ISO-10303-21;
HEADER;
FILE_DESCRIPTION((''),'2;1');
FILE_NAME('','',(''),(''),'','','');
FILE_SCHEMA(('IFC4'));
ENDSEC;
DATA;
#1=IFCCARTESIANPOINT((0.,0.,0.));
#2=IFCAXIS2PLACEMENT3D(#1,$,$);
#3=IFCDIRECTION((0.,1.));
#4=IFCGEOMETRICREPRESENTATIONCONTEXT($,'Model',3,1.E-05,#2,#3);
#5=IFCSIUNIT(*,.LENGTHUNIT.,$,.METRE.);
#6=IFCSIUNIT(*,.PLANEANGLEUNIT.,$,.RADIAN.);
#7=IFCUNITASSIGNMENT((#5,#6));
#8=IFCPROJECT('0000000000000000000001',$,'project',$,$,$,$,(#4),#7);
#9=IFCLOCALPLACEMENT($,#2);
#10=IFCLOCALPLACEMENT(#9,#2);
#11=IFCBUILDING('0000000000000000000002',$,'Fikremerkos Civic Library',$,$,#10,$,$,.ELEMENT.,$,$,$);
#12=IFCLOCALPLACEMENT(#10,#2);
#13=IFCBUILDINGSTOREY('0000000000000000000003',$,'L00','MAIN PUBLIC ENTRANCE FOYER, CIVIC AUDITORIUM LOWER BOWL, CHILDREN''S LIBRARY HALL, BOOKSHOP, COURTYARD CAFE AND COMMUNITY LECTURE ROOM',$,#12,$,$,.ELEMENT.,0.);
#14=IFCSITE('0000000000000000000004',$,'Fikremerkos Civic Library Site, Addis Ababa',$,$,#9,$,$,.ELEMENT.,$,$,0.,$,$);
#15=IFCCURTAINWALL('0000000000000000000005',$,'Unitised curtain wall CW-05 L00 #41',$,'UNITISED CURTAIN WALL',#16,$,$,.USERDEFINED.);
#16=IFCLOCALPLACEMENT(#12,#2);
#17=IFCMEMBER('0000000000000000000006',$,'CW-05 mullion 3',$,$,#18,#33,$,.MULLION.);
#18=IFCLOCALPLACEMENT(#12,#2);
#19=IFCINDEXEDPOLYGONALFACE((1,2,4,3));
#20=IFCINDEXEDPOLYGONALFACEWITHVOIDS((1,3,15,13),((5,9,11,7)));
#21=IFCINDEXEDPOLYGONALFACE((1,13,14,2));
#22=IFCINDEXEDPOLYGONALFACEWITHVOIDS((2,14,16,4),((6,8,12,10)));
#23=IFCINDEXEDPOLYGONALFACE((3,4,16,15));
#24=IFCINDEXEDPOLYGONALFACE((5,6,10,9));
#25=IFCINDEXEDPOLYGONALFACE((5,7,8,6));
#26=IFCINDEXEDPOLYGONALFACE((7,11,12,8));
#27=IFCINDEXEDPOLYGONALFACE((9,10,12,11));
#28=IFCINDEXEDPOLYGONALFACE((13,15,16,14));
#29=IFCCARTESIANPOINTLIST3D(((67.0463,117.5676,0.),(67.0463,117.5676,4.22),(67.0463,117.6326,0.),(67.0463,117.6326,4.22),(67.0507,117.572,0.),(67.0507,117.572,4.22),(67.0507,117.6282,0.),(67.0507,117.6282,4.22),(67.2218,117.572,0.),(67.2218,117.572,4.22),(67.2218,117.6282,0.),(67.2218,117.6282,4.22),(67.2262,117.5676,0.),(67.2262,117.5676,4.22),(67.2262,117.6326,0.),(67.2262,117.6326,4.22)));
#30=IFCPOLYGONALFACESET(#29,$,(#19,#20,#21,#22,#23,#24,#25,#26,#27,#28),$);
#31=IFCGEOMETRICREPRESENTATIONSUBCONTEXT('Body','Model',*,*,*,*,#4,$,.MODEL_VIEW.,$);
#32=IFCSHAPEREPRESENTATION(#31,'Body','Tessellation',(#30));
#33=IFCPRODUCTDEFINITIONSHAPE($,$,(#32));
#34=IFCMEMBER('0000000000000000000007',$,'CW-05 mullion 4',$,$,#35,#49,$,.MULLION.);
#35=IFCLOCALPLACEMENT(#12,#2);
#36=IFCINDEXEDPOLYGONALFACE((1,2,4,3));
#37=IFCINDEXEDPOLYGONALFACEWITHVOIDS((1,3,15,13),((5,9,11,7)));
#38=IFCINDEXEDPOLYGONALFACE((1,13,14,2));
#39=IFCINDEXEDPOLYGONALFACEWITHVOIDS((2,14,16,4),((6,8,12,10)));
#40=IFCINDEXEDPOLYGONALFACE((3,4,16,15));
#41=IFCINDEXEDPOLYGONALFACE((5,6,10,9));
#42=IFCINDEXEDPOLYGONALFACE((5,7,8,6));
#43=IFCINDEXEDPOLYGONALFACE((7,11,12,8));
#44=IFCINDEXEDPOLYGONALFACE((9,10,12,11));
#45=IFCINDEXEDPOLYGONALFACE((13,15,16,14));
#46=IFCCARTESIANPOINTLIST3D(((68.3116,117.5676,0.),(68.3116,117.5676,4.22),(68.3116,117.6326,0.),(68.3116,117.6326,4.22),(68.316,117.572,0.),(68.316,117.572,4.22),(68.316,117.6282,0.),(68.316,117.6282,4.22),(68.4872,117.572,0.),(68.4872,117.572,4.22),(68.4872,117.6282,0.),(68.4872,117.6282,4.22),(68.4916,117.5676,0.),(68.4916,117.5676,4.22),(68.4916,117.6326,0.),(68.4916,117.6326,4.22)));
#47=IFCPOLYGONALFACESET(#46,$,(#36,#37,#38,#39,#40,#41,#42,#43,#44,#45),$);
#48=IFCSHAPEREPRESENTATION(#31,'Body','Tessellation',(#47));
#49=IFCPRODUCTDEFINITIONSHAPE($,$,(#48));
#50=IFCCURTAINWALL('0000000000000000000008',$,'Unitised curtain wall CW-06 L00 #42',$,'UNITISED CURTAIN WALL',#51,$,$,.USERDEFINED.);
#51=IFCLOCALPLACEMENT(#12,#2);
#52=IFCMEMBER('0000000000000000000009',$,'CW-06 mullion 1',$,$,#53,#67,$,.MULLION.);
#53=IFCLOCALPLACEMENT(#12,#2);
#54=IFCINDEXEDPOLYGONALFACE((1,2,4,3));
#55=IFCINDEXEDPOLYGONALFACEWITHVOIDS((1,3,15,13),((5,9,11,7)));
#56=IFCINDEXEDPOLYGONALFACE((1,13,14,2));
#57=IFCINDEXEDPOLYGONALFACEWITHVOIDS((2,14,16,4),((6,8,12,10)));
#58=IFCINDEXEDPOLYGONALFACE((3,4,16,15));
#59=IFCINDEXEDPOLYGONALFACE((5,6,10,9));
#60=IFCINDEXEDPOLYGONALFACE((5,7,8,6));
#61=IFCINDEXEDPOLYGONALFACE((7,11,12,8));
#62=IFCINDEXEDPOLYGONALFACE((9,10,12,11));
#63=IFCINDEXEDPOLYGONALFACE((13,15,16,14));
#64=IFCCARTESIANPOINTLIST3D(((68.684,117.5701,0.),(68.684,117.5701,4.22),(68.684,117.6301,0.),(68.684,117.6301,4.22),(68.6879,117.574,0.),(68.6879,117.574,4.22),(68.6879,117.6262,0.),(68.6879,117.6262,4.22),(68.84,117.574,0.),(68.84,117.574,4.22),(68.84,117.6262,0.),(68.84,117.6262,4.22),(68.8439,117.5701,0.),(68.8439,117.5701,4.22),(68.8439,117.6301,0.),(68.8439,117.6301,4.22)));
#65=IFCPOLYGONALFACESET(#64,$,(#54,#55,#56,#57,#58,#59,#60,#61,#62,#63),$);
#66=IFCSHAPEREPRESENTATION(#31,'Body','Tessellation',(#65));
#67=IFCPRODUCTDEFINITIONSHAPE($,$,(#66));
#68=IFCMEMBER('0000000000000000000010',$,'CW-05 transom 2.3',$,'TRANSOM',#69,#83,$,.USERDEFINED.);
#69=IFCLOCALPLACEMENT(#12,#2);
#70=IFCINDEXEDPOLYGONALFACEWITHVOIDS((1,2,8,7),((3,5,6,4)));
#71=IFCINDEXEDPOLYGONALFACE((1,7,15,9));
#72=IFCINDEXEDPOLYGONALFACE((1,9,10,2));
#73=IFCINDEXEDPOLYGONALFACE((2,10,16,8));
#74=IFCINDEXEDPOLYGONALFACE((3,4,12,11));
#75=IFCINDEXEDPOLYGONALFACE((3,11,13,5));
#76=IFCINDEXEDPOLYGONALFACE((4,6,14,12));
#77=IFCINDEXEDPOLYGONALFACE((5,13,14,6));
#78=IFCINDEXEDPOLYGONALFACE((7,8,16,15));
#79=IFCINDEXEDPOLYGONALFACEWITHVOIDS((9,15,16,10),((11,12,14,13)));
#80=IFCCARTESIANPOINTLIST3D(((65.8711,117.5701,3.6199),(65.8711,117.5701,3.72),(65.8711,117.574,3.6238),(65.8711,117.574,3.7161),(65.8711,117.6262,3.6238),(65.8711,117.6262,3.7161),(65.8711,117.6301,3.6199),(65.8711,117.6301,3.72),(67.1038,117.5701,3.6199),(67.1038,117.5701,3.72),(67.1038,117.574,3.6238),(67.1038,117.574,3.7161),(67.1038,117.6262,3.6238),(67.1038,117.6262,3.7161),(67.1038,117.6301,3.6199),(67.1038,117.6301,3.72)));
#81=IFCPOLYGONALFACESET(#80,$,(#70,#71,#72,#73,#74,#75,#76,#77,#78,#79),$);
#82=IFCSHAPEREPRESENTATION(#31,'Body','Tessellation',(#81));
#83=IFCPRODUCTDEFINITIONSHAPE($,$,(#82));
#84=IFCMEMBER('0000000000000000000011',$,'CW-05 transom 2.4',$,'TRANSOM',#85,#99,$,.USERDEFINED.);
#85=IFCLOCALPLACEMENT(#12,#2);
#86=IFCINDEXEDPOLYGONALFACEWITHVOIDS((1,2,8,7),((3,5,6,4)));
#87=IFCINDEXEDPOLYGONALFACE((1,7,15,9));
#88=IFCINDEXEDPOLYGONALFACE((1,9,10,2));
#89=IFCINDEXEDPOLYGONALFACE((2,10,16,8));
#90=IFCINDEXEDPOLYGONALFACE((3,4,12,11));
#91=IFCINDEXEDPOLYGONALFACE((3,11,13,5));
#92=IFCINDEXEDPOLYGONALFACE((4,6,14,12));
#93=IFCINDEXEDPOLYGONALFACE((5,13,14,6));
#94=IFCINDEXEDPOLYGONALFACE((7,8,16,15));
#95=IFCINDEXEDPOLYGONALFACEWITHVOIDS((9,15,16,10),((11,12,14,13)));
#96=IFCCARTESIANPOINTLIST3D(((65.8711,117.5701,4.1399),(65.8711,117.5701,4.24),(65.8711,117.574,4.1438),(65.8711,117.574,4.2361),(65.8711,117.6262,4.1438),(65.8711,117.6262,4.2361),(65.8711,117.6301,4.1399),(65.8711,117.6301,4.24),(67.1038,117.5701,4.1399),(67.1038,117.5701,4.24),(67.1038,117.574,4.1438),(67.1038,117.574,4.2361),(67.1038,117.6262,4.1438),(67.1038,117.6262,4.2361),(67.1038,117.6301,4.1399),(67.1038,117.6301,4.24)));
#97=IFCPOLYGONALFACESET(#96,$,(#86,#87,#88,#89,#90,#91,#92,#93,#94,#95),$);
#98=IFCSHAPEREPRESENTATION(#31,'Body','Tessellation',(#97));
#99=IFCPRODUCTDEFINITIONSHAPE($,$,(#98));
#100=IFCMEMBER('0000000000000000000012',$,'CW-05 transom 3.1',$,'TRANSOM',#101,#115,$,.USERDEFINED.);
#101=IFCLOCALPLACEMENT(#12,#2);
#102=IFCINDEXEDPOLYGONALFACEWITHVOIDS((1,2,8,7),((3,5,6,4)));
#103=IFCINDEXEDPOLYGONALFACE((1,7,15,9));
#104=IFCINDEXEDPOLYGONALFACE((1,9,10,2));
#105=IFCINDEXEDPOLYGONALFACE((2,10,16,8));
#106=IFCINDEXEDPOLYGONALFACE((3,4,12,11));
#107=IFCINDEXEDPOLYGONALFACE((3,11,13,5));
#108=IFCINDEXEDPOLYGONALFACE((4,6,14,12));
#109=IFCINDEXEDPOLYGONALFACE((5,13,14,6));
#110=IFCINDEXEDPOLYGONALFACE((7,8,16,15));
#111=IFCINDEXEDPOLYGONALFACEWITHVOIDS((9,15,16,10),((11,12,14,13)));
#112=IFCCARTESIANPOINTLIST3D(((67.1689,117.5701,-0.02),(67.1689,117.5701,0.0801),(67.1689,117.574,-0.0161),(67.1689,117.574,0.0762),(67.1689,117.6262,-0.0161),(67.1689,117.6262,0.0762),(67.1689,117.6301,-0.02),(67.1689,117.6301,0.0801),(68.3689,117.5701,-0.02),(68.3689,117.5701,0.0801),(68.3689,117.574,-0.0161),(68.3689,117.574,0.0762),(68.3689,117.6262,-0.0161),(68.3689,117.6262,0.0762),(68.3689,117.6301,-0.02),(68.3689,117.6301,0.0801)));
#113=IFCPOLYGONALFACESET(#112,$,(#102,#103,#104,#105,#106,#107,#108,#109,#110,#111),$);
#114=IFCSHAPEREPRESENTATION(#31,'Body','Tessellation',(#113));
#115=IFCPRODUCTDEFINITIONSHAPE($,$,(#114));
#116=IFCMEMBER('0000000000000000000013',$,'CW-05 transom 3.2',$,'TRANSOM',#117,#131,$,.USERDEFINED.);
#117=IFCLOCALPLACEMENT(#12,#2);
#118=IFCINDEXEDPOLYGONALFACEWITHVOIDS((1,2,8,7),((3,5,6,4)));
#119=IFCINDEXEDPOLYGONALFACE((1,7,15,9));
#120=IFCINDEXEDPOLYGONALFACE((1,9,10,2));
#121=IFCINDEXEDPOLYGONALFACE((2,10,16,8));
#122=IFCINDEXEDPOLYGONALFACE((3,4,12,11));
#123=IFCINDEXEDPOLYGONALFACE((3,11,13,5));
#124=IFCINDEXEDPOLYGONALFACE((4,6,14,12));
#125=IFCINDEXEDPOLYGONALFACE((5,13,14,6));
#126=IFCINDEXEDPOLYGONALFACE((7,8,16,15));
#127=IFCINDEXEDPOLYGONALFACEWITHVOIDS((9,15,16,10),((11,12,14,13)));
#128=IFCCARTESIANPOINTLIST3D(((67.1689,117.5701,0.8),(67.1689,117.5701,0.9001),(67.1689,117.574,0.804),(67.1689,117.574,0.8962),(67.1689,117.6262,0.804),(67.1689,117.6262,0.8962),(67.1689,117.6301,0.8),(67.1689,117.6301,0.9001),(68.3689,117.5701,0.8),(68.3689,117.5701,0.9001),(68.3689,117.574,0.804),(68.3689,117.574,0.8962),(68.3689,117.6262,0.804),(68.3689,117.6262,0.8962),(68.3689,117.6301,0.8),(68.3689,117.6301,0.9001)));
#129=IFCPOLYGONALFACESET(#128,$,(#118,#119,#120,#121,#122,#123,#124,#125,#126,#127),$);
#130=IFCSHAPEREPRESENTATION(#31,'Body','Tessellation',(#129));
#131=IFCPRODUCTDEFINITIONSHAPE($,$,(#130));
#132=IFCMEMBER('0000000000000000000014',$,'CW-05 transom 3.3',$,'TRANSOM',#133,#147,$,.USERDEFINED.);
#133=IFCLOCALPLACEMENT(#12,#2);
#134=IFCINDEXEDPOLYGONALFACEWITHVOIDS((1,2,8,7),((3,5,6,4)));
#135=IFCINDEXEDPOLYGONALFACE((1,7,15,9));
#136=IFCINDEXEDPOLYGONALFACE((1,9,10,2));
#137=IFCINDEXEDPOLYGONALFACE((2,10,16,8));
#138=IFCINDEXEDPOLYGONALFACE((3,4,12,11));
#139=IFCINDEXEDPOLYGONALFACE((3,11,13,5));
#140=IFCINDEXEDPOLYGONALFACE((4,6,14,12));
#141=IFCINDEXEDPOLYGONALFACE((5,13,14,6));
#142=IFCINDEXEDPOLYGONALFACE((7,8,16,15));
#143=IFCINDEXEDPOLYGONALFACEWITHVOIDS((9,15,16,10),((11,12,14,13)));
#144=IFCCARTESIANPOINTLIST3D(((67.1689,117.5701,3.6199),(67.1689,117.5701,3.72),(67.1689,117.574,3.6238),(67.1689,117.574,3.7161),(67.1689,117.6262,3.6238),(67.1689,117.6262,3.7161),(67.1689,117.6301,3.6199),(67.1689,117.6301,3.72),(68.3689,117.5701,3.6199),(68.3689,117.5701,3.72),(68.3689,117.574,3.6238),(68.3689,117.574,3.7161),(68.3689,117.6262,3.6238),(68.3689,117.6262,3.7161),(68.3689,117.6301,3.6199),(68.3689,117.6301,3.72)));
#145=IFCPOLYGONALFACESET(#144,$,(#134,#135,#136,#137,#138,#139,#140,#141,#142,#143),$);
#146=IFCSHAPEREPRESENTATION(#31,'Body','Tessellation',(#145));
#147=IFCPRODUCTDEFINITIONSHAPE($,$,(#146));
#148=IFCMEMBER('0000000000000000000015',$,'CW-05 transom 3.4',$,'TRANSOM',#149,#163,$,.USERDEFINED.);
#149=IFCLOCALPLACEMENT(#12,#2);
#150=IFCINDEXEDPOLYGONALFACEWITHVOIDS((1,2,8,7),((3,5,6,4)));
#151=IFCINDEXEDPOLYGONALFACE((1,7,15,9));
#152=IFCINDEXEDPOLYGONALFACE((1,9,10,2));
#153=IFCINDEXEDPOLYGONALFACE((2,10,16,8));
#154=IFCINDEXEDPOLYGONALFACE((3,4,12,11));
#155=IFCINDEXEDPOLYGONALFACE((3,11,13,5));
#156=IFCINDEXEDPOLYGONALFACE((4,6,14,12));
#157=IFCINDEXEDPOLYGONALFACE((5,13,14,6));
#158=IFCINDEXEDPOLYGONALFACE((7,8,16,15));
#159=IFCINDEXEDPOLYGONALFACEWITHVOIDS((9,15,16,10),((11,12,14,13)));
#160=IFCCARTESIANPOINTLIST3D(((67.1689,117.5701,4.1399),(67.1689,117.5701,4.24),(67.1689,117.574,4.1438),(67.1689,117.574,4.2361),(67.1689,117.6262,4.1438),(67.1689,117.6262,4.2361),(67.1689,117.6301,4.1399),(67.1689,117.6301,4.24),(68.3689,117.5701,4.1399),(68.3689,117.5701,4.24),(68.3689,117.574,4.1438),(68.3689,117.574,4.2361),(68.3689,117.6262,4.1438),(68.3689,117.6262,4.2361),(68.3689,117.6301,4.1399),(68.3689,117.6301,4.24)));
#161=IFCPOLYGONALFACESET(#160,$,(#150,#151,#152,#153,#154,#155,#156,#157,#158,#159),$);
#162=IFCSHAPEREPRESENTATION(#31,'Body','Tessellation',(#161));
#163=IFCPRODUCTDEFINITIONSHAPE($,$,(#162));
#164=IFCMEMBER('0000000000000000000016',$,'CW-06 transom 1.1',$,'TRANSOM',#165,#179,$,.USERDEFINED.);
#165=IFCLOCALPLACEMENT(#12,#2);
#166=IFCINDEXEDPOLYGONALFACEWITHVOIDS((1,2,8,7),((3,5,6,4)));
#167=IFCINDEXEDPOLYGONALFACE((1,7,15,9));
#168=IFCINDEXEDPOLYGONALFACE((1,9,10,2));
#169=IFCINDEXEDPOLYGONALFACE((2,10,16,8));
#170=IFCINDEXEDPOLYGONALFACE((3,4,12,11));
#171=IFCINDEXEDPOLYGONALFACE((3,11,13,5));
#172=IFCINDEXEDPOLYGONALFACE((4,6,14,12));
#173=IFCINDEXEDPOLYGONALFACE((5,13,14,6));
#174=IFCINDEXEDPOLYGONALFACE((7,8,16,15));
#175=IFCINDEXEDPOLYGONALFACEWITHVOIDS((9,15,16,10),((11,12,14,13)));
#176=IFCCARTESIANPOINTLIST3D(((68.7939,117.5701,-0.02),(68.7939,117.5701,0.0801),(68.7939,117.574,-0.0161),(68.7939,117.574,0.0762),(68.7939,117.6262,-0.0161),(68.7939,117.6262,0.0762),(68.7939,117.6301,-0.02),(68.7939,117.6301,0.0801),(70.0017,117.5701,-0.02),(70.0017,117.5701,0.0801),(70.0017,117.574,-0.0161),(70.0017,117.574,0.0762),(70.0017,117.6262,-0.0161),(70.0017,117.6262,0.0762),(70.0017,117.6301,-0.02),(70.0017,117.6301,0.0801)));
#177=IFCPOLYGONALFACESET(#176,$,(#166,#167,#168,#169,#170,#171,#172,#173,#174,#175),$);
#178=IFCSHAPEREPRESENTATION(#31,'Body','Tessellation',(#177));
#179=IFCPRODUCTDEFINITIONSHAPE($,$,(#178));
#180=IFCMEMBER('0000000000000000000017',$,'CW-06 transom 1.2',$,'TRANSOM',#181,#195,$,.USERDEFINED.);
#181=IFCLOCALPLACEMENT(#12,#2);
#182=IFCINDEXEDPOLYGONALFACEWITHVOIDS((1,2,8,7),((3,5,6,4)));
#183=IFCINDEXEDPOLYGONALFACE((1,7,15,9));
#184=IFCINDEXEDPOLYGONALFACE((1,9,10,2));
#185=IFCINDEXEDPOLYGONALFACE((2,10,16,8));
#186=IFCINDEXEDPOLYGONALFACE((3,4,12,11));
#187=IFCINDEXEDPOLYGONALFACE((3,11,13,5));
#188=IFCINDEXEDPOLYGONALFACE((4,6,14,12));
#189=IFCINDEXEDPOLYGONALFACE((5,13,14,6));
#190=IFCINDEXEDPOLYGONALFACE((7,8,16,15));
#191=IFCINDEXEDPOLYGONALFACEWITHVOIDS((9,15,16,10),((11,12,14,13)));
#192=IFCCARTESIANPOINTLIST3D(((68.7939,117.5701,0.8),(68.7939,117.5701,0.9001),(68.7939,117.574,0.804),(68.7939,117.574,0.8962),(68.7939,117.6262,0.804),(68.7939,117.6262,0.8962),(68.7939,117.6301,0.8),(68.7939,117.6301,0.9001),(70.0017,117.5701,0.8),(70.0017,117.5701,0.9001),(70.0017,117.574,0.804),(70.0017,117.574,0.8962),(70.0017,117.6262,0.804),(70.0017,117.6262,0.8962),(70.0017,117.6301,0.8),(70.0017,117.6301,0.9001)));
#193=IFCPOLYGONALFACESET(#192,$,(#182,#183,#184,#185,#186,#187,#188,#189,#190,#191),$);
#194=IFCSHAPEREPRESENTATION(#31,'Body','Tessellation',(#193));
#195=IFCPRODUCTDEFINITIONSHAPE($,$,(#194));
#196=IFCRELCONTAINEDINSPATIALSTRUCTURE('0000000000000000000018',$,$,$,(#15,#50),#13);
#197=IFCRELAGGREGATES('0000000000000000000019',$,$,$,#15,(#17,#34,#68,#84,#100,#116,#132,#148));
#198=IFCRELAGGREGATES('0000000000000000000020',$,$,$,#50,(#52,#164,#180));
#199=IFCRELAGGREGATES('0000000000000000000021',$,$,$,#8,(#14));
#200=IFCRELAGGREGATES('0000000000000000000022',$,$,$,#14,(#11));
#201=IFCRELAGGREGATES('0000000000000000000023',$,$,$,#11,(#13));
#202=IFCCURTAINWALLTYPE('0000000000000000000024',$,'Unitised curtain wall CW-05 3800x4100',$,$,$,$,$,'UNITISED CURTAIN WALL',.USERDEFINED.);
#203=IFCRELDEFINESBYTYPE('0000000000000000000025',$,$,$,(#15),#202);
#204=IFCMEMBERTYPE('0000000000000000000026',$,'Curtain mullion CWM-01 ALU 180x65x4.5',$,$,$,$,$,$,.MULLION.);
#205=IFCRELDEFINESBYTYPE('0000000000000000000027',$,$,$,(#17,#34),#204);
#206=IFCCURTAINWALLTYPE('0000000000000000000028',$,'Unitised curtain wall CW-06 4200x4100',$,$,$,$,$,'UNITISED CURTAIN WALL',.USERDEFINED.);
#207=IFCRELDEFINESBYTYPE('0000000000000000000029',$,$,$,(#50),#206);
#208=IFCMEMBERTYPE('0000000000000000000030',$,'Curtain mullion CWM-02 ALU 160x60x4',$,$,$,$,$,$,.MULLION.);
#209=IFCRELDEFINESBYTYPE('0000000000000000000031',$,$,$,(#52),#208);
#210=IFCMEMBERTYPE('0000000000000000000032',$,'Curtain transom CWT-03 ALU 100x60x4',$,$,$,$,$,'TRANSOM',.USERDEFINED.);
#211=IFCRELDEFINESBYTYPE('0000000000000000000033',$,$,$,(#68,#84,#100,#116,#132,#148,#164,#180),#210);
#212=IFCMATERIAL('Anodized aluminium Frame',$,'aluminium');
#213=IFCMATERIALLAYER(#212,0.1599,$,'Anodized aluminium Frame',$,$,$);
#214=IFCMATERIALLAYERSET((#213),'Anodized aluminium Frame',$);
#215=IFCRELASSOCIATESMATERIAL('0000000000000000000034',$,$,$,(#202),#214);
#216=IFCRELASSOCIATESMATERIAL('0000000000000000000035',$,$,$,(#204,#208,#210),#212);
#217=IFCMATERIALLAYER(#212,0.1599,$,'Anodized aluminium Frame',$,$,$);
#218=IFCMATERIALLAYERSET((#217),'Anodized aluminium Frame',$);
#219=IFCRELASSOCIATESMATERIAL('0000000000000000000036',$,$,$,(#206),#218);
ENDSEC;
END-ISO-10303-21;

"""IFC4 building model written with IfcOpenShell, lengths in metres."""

from ifc_helpers import new_model, si_unit, direction, frame, origin, origin_2d, place, context, subcontext, project, spatial, hollow_rectangle, extrude, material, layer, layer_set, material_profile, profile_set, type_object, element, aggregate, save


model = new_model("IFC4")

# Units and contexts
model_context = context("Model", 3, precision=1e-05, world=origin(), true_north=direction((0.0, 1.0)))
body_context = subcontext(model_context, "Body", "Model", "MODEL_VIEW")
ifc_project = project(units=[si_unit("LENGTHUNIT", "METRE"), si_unit("PLANEANGLEUNIT", "RADIAN")], contexts=[model_context])

# Site, building, storey
site_placement = place(None, origin())
site = spatial("IfcSite", under=ifc_project, at=site_placement, Name="Fikremerkos Civic Library Site, Addis Ababa", CompositionType="ELEMENT", RefElevation=0.0)
building_placement = place(site_placement, origin())
building = spatial("IfcBuilding", under=site, at=building_placement, Name="Fikremerkos Civic Library", CompositionType="ELEMENT")
storey_placement = place(building_placement, origin())
storey = spatial("IfcBuildingStorey", under=building, at=storey_placement, Name="L00", Description="MAIN PUBLIC ENTRANCE FOYER, CIVIC AUDITORIUM LOWER BOWL, CHILDREN'S LIBRARY HALL, BOOKSHOP, COURTYARD CAFE AND COMMUNITY LECTURE ROOM", CompositionType="ELEMENT", Elevation=0.0)

# Curtain wall, members
ifc_material_1 = material(Name="Anodized aluminium Frame", Category="aluminium")
ifc_layer_1 = layer(ifc_material_1, 0.1599, Name="Anodized aluminium Frame")
ifc_layer_set_1 = layer_set([ifc_layer_1], Name="Anodized aluminium Frame")
curtain_wall_type_1 = type_object("IfcCurtainWallType", Name="Unitised curtain wall CW-05 3800x4100", ElementType="UNITISED CURTAIN WALL", PredefinedType="USERDEFINED", material=ifc_layer_set_1)
curtain_wall_1_placement = place(storey_placement, origin())
curtain_wall_1 = element("IfcCurtainWall", 1, at=curtain_wall_1_placement, inside=storey, type_object=curtain_wall_type_1, Name="Unitised curtain wall CW-05 L00 #41", ObjectType="UNITISED CURTAIN WALL", PredefinedType="USERDEFINED")
ifc_material_profile_1 = material_profile(ifc_material_1, hollow_rectangle(XDim=0.0649, YDim=0.1799, WallThickness=0.0044, at=origin_2d()), Name="ALU 180x65x4.5")
ifc_profile_set_1 = profile_set([ifc_material_profile_1], Name="Anodized aluminium Frame")
member_type_1 = type_object("IfcMemberType", Name="Curtain mullion CWM-01 ALU 180x65x4.5", PredefinedType="MULLION", material=ifc_profile_set_1)
member_1_placement = place(storey_placement, frame((67.1362, 117.6001, 0.0), z_axis=(0.0, 0.0, 1.0), x_axis=(0.0, 1.0, 0.0)))
member_1 = element("IfcMember", 2, at=member_1_placement, type_object=member_type_1, Name="CW-05 mullion 3", PredefinedType="MULLION", context=body_context, shape_type="SweptSolid", body=[
    extrude(hollow_rectangle(XDim=0.0649, YDim=0.1799, WallThickness=0.0044, at=origin_2d()), origin(), (0.0, 0.0, 1.0), 4.22),
])
member_2_placement = place(storey_placement, frame((68.4016, 117.6001, 0.0), z_axis=(0.0, 0.0, 1.0), x_axis=(0.0, 1.0, 0.0)))
member_2 = element("IfcMember", 3, at=member_2_placement, type_object=member_type_1, Name="CW-05 mullion 4", PredefinedType="MULLION", context=body_context, shape_type="SweptSolid", body=[
    extrude(hollow_rectangle(XDim=0.0649, YDim=0.1799, WallThickness=0.0044, at=origin_2d()), origin(), (0.0, 0.0, 1.0), 4.22),
])

# Curtain wall, member
ifc_layer_2 = layer(ifc_material_1, 0.1599, Name="Anodized aluminium Frame")
ifc_layer_set_2 = layer_set([ifc_layer_2], Name="Anodized aluminium Frame")
curtain_wall_type_2 = type_object("IfcCurtainWallType", Name="Unitised curtain wall CW-06 4200x4100", ElementType="UNITISED CURTAIN WALL", PredefinedType="USERDEFINED", material=ifc_layer_set_2)
curtain_wall_2_placement = place(storey_placement, origin())
curtain_wall_2 = element("IfcCurtainWall", 4, at=curtain_wall_2_placement, inside=storey, type_object=curtain_wall_type_2, Name="Unitised curtain wall CW-06 L00 #42", ObjectType="UNITISED CURTAIN WALL", PredefinedType="USERDEFINED")
ifc_material_profile_2 = material_profile(ifc_material_1, hollow_rectangle(XDim=0.0601, YDim=0.1599, WallThickness=0.0039, at=origin_2d()), Name="ALU 160x60x4")
ifc_profile_set_2 = profile_set([ifc_material_profile_2], Name="Anodized aluminium Frame")
member_type_2 = type_object("IfcMemberType", Name="Curtain mullion CWM-02 ALU 160x60x4", PredefinedType="MULLION", material=ifc_profile_set_2)
member_3_placement = place(storey_placement, frame((68.7639, 117.6001, 0.0), z_axis=(0.0, 0.0, 1.0), x_axis=(0.0, 1.0, 0.0)))
member_3 = element("IfcMember", 5, at=member_3_placement, type_object=member_type_2, Name="CW-06 mullion 1", PredefinedType="MULLION", context=body_context, shape_type="SweptSolid", body=[
    extrude(hollow_rectangle(XDim=0.0601, YDim=0.1599, WallThickness=0.0039, at=origin_2d()), origin(), (0.0, 0.0, 1.0), 4.22),
])

# Members
ifc_material_profile_3 = material_profile(ifc_material_1, hollow_rectangle(XDim=0.0601, YDim=0.1001, WallThickness=0.0039, at=origin_2d()), Name="ALU 100x60x4")
ifc_profile_set_3 = profile_set([ifc_material_profile_3], Name="Anodized aluminium Frame")
member_type_3 = type_object("IfcMemberType", Name="Curtain transom CWT-03 ALU 100x60x4", ElementType="TRANSOM", PredefinedType="USERDEFINED", material=ifc_profile_set_3)
member_4_placement = place(storey_placement, frame((65.8711, 117.6001, 3.6699), z_axis=(1.0, 0.0, 0.0), x_axis=(0.0, 1.0, 0.0)))
member_4 = element("IfcMember", 6, at=member_4_placement, type_object=member_type_3, Name="CW-05 transom 2.3", ObjectType="TRANSOM", PredefinedType="USERDEFINED", context=body_context, shape_type="SweptSolid", body=[
    extrude(hollow_rectangle(XDim=0.0601, YDim=0.1001, WallThickness=0.0039, at=origin_2d()), origin(), (0.0, 0.0, 1.0), 1.2327),
])
member_5_placement = place(storey_placement, frame((65.8711, 117.6001, 4.1899), z_axis=(1.0, 0.0, 0.0), x_axis=(0.0, 1.0, 0.0)))
member_5 = element("IfcMember", 7, at=member_5_placement, type_object=member_type_3, Name="CW-05 transom 2.4", ObjectType="TRANSOM", PredefinedType="USERDEFINED", context=body_context, shape_type="SweptSolid", body=[
    extrude(hollow_rectangle(XDim=0.0601, YDim=0.1001, WallThickness=0.0039, at=origin_2d()), origin(), (0.0, 0.0, 1.0), 1.2327),
])
member_6_placement = place(storey_placement, frame((67.1689, 117.6001, 0.03), z_axis=(1.0, 0.0, 0.0), x_axis=(0.0, 1.0, 0.0)))
member_6 = element("IfcMember", 8, at=member_6_placement, type_object=member_type_3, Name="CW-05 transom 3.1", ObjectType="TRANSOM", PredefinedType="USERDEFINED", context=body_context, shape_type="SweptSolid", body=[
    extrude(hollow_rectangle(XDim=0.0601, YDim=0.1001, WallThickness=0.0039, at=origin_2d()), origin(), (0.0, 0.0, 1.0), 1.2),
])
member_7_placement = place(storey_placement, frame((67.1689, 117.6001, 0.8501), z_axis=(1.0, 0.0, 0.0), x_axis=(0.0, 1.0, 0.0)))
member_7 = element("IfcMember", 9, at=member_7_placement, type_object=member_type_3, Name="CW-05 transom 3.2", ObjectType="TRANSOM", PredefinedType="USERDEFINED", context=body_context, shape_type="SweptSolid", body=[
    extrude(hollow_rectangle(XDim=0.0601, YDim=0.1001, WallThickness=0.0039, at=origin_2d()), origin(), (0.0, 0.0, 1.0), 1.2),
])
member_8_placement = place(storey_placement, frame((67.1689, 117.6001, 3.6699), z_axis=(1.0, 0.0, 0.0), x_axis=(0.0, 1.0, 0.0)))
member_8 = element("IfcMember", 10, at=member_8_placement, type_object=member_type_3, Name="CW-05 transom 3.3", ObjectType="TRANSOM", PredefinedType="USERDEFINED", context=body_context, shape_type="SweptSolid", body=[
    extrude(hollow_rectangle(XDim=0.0601, YDim=0.1001, WallThickness=0.0039, at=origin_2d()), origin(), (0.0, 0.0, 1.0), 1.2),
])
member_9_placement = place(storey_placement, frame((67.1689, 117.6001, 4.1899), z_axis=(1.0, 0.0, 0.0), x_axis=(0.0, 1.0, 0.0)))
member_9 = element("IfcMember", 11, at=member_9_placement, type_object=member_type_3, Name="CW-05 transom 3.4", ObjectType="TRANSOM", PredefinedType="USERDEFINED", context=body_context, shape_type="SweptSolid", body=[
    extrude(hollow_rectangle(XDim=0.0601, YDim=0.1001, WallThickness=0.0039, at=origin_2d()), origin(), (0.0, 0.0, 1.0), 1.2),
])
member_10_placement = place(storey_placement, frame((68.7939, 117.6001, 0.03), z_axis=(1.0, 0.0, 0.0), x_axis=(0.0, 1.0, 0.0)))
member_10 = element("IfcMember", 12, at=member_10_placement, type_object=member_type_3, Name="CW-06 transom 1.1", ObjectType="TRANSOM", PredefinedType="USERDEFINED", context=body_context, shape_type="SweptSolid", body=[
    extrude(hollow_rectangle(XDim=0.0601, YDim=0.1001, WallThickness=0.0039, at=origin_2d()), origin(), (0.0, 0.0, 1.0), 1.2078),
])
member_11_placement = place(storey_placement, frame((68.7939, 117.6001, 0.8501), z_axis=(1.0, 0.0, 0.0), x_axis=(0.0, 1.0, 0.0)))
member_11 = element("IfcMember", 13, at=member_11_placement, type_object=member_type_3, Name="CW-06 transom 1.2", ObjectType="TRANSOM", PredefinedType="USERDEFINED", context=body_context, shape_type="SweptSolid", body=[
    extrude(hollow_rectangle(XDim=0.0601, YDim=0.1001, WallThickness=0.0039, at=origin_2d()), origin(), (0.0, 0.0, 1.0), 1.2078),
])

aggregate(curtain_wall_1, [member_1, member_2, member_4, member_5, member_6, member_7, member_8, member_9])
aggregate(curtain_wall_2, [member_3, member_10, member_11])

save(model, "model.ifc")
